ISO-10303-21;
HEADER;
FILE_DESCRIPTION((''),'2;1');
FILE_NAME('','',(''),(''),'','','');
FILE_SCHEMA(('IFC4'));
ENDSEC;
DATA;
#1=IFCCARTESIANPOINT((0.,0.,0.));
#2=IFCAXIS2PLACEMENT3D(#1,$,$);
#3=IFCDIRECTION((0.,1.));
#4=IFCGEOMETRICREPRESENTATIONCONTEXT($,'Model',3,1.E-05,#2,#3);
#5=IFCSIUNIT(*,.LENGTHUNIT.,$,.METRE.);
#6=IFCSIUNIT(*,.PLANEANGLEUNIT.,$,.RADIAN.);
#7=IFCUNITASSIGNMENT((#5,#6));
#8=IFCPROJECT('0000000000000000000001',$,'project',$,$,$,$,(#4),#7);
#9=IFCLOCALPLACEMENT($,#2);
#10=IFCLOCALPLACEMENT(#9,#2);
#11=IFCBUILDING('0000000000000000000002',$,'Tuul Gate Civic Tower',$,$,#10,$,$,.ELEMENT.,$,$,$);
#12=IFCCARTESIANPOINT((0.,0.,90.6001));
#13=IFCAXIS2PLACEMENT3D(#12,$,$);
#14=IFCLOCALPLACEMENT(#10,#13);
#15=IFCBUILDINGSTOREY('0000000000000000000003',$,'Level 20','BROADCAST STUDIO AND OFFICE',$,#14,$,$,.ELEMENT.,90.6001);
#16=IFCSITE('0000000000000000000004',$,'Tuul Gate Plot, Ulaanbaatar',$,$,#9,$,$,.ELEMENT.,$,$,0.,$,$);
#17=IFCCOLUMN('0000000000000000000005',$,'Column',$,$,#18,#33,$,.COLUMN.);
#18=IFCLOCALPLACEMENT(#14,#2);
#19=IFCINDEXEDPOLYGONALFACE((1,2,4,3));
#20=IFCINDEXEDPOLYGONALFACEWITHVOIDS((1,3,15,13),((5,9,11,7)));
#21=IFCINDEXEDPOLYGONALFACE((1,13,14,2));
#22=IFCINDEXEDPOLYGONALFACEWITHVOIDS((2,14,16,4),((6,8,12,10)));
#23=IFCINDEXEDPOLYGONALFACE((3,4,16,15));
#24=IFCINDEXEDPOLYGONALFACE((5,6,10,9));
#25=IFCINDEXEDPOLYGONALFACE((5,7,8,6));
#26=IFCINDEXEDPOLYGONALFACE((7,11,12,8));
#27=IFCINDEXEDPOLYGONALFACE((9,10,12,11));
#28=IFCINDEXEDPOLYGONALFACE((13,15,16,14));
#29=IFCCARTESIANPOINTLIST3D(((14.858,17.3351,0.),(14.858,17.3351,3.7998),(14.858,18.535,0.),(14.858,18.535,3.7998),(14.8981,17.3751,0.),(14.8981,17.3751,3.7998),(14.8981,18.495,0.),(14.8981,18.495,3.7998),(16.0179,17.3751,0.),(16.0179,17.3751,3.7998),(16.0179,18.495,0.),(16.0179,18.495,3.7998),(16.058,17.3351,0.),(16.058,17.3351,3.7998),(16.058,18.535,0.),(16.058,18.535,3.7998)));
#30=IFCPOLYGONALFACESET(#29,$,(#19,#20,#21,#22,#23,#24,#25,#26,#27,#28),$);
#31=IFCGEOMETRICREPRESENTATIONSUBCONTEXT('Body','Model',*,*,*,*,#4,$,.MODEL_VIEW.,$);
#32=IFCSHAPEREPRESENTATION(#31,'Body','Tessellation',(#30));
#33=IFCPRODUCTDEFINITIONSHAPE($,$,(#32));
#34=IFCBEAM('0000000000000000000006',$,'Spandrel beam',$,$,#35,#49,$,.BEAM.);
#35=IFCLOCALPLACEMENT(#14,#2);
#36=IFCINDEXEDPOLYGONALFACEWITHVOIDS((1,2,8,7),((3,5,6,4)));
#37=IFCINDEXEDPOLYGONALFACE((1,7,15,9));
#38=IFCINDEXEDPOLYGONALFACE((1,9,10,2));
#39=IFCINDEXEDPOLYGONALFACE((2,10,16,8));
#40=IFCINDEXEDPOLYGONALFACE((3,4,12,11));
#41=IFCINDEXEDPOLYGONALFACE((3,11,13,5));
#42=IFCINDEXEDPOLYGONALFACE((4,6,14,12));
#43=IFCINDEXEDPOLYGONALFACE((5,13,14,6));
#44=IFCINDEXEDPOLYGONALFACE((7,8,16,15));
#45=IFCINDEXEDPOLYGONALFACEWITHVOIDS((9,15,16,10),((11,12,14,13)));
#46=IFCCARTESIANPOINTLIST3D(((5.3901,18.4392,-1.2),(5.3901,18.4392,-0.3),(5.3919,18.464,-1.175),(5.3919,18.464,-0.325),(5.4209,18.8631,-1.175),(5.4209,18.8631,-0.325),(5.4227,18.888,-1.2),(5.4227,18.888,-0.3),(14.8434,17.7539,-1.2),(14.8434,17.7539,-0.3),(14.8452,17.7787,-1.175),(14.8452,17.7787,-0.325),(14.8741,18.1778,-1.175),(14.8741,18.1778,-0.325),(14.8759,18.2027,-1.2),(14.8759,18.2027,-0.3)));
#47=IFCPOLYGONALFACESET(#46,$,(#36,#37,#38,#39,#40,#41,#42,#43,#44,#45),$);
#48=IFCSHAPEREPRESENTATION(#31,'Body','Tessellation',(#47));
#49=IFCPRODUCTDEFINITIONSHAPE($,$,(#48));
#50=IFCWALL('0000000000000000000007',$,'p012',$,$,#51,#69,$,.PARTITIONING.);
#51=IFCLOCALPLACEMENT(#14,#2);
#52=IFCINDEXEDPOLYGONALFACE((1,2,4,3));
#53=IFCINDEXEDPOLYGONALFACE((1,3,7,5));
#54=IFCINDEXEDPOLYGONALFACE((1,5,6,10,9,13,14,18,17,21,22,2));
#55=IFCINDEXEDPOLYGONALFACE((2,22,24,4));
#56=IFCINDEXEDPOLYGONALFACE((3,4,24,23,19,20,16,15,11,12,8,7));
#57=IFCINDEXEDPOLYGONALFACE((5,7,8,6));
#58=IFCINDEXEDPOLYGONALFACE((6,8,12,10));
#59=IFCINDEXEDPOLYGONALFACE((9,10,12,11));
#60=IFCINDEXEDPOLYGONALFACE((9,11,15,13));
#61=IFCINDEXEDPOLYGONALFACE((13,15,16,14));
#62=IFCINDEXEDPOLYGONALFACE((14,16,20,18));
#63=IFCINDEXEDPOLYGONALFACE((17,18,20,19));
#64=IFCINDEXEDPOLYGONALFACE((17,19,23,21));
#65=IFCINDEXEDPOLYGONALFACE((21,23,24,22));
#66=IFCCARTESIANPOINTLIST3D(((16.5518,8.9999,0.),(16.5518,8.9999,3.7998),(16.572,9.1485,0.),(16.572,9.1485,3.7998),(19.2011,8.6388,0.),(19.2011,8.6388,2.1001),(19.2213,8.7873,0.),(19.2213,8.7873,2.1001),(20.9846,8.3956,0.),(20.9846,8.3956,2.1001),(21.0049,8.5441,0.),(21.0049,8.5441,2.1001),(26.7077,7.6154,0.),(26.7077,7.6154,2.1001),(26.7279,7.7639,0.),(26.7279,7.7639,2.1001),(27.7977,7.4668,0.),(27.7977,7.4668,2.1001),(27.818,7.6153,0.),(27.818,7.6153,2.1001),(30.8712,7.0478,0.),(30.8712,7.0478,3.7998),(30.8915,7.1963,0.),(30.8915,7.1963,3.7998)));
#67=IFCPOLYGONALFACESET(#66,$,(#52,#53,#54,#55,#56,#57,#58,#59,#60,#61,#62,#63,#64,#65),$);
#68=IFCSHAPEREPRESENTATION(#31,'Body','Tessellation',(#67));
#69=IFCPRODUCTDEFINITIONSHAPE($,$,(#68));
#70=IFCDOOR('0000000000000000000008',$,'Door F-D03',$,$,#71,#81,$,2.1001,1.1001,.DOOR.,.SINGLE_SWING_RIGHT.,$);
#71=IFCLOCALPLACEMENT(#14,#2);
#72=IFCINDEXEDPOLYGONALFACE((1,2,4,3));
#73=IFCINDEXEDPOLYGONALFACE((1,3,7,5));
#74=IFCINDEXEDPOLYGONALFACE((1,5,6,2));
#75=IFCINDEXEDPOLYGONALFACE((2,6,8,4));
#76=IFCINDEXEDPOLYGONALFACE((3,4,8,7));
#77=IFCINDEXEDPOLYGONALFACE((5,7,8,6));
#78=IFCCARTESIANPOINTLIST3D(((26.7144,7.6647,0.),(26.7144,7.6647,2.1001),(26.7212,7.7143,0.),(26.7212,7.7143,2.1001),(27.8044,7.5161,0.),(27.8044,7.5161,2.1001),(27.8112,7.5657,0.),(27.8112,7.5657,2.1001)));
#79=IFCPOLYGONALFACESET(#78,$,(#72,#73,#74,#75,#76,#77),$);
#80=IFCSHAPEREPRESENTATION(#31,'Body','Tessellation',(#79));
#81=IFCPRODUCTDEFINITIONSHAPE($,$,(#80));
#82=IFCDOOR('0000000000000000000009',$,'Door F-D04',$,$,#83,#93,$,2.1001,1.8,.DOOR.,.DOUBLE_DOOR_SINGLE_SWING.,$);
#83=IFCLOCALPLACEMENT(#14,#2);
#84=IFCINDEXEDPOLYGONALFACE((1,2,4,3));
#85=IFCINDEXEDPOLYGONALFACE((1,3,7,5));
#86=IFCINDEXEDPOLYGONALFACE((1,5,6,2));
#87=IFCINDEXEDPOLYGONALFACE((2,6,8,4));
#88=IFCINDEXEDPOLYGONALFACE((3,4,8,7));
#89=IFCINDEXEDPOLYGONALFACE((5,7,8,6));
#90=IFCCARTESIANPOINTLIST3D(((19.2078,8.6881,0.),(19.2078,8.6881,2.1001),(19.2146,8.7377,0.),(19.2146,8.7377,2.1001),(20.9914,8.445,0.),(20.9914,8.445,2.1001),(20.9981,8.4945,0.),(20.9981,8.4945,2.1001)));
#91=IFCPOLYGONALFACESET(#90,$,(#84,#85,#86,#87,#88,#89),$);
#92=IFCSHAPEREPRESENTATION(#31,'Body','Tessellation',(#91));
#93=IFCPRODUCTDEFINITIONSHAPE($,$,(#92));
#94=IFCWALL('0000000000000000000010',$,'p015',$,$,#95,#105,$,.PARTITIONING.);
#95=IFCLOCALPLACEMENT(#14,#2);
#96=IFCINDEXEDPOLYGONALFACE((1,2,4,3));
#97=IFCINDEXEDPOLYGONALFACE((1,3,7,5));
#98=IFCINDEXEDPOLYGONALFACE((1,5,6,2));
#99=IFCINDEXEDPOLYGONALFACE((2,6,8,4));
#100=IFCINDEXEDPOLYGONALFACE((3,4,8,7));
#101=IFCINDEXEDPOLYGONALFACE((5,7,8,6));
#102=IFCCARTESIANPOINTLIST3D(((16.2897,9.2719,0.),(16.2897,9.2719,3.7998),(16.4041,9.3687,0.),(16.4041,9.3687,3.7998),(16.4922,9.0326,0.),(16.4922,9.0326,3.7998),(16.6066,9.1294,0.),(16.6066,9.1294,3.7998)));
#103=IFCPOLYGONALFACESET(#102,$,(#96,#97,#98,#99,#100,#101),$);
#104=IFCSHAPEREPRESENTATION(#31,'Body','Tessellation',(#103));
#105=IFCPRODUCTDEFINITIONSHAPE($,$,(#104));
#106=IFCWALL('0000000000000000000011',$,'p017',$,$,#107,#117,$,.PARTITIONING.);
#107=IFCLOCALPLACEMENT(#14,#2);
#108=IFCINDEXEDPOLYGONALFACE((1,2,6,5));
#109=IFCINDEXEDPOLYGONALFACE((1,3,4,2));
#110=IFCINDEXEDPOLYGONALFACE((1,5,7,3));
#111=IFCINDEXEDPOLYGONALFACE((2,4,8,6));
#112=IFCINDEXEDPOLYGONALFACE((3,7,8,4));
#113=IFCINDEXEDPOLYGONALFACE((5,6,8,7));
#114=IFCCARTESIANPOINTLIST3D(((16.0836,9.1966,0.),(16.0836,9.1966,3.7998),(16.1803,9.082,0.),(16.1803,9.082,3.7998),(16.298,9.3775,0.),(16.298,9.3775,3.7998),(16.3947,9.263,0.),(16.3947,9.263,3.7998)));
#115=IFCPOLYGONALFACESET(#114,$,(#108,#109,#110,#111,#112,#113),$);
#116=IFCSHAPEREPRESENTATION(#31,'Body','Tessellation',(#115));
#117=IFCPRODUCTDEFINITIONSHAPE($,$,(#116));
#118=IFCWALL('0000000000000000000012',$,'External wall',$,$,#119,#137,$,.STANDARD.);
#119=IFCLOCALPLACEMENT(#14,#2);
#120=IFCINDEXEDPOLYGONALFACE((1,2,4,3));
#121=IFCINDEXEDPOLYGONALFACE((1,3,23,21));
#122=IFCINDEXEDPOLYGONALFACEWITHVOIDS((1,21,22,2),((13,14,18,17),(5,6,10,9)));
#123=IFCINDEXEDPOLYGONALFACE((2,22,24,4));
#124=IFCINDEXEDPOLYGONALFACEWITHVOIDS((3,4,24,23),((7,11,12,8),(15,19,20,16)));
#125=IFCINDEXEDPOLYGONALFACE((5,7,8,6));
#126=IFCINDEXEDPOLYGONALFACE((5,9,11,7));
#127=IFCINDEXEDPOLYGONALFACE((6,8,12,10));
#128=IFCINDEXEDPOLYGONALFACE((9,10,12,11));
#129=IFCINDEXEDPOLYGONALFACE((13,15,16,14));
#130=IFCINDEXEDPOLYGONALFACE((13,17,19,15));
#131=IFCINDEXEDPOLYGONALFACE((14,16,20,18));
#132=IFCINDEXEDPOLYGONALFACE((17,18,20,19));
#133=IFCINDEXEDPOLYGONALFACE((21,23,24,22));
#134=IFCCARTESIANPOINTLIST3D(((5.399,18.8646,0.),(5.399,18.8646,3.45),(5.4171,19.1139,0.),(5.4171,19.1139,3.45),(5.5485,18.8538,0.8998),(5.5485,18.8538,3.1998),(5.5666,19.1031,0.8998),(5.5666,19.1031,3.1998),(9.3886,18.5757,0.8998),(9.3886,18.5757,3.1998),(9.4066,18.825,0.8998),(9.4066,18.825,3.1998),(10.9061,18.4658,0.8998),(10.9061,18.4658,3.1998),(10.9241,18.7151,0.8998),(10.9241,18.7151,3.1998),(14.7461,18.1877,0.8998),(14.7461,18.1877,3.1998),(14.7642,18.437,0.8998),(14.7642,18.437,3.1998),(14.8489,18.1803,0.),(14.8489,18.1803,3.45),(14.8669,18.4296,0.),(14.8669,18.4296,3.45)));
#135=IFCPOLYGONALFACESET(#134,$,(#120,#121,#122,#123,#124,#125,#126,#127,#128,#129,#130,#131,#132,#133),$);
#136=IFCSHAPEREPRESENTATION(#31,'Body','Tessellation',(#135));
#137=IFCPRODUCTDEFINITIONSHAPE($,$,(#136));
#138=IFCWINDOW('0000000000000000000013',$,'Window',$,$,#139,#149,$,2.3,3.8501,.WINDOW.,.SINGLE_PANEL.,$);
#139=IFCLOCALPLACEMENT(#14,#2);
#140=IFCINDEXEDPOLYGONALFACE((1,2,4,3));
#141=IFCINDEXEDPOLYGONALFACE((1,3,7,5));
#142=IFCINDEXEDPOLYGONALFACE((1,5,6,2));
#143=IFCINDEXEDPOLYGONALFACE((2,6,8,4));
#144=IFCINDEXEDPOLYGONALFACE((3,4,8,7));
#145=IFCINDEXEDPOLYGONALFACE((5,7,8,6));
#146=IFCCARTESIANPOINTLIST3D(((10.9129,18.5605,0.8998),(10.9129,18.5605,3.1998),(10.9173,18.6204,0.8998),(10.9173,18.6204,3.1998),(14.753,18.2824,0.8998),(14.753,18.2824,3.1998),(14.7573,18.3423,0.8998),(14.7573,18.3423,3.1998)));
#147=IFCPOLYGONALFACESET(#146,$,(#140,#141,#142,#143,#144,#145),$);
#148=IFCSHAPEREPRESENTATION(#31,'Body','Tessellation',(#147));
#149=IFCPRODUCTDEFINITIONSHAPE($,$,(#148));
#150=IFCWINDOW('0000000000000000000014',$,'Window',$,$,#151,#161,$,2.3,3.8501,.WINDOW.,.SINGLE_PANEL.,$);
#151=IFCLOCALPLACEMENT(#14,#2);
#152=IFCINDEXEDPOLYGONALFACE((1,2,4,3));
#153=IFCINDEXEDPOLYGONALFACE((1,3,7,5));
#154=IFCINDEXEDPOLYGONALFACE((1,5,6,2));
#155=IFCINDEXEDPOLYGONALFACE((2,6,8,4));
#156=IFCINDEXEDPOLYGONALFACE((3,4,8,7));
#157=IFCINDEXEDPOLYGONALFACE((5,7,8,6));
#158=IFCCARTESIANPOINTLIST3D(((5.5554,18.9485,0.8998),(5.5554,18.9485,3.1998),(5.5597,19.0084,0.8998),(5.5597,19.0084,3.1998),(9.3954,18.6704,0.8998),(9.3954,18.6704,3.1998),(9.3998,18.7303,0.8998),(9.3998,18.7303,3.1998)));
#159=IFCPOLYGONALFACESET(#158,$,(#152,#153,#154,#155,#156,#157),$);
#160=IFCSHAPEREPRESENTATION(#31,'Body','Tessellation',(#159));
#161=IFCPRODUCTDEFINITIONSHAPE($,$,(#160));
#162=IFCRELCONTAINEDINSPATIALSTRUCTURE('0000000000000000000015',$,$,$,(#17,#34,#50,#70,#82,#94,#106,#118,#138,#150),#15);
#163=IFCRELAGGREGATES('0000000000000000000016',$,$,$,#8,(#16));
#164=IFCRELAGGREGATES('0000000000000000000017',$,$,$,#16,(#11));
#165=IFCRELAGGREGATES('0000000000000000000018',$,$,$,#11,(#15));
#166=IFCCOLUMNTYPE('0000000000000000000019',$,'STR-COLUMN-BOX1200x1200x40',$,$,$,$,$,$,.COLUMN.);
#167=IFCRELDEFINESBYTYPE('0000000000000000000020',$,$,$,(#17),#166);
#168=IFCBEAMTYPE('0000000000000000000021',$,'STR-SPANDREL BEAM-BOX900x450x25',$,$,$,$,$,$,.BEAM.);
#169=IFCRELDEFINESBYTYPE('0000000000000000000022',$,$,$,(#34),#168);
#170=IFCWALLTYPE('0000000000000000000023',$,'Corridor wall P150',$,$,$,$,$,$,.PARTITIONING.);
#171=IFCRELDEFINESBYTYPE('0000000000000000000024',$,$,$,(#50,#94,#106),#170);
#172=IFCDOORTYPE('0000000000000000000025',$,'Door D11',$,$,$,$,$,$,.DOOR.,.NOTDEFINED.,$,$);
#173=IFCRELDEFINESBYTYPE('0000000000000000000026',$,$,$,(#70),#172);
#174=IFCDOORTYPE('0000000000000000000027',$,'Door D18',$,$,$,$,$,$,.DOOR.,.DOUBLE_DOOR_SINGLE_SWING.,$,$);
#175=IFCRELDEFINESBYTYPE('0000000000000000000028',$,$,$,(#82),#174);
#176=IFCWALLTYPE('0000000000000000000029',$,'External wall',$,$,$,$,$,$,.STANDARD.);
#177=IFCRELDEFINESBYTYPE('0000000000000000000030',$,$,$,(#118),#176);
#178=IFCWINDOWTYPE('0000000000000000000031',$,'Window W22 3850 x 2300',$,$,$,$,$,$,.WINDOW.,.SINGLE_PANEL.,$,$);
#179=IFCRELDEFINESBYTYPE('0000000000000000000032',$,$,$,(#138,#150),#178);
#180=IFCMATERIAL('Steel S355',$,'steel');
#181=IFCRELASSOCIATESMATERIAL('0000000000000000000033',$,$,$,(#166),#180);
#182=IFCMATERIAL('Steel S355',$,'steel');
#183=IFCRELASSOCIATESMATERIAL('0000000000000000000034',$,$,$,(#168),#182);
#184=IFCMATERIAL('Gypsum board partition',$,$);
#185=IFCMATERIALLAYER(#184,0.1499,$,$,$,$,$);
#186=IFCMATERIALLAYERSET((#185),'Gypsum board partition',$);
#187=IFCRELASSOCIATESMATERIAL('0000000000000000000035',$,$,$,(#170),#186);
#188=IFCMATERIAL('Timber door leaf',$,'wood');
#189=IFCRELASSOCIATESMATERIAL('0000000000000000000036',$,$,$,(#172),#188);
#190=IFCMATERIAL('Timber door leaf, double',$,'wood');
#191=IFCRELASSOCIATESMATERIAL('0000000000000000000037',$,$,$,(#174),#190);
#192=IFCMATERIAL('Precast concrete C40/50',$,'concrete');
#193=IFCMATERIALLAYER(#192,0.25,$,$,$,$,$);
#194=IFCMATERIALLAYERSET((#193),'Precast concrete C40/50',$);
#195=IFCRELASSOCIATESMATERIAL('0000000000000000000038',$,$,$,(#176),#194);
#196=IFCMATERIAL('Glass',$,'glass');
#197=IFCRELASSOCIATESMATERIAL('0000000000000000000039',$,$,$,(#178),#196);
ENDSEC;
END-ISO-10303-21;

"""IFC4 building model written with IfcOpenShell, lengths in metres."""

from ifc_helpers import new_model, si_unit, direction, frame, frame_2d, origin, origin_2d, place, context, subcontext, project, spatial, rectangle, hollow_rectangle, extrude, material, layer, layer_set, material_profile, profile_set, type_object, element, fill, save


model = new_model("IFC4")

# Units and contexts
model_context = context("Model", 3, precision=1e-05, world=origin(), true_north=direction((0.0, 1.0)))
body_context = subcontext(model_context, "Body", "Model", "MODEL_VIEW")
ifc_project = project(units=[si_unit("LENGTHUNIT", "METRE"), si_unit("PLANEANGLEUNIT", "RADIAN")], contexts=[model_context])

# Site, building, storey
site_placement = place(None, origin())
site = spatial("IfcSite", under=ifc_project, at=site_placement, Name="Tuul Gate Plot, Ulaanbaatar", CompositionType="ELEMENT", RefElevation=0.0)
building_placement = place(site_placement, origin())
building = spatial("IfcBuilding", under=site, at=building_placement, Name="Tuul Gate Civic Tower", CompositionType="ELEMENT")
storey_placement = place(building_placement, frame((0.0, 0.0, 90.6001)))
storey = spatial("IfcBuildingStorey", under=building, at=storey_placement, Name="Level 20", Description="BROADCAST STUDIO AND OFFICE", CompositionType="ELEMENT", Elevation=90.6001)

# Column
ifc_material_1 = material(Name="Steel S355", Category="steel")
ifc_material_profile_1 = material_profile(ifc_material_1, hollow_rectangle(XDim=1.2, YDim=1.2, WallThickness=0.04, at=origin_2d()), Name="BOX1200x1200x40")
ifc_profile_set_1 = profile_set([ifc_material_profile_1], Name="Steel S355")
column_type = type_object("IfcColumnType", Name="STR-COLUMN-BOX1200x1200x40", PredefinedType="COLUMN", material=ifc_profile_set_1)
column_placement = place(storey_placement, frame((15.458, 17.9351, 0.0), z_axis=(0.0, 0.0, 1.0), x_axis=(1.0, 0.0, 0.0)))
element("IfcColumn", 1, at=column_placement, inside=storey, type_object=column_type, Name="Column", PredefinedType="COLUMN", context=body_context, shape_type="SweptSolid", body=[
    extrude(hollow_rectangle(XDim=1.2, YDim=1.2, WallThickness=0.04, at=origin_2d()), origin(), (0.0, 0.0, 1.0), 3.7998),
])

# Beam
ifc_material_2 = material(Name="Steel S355", Category="steel")
ifc_material_profile_2 = material_profile(ifc_material_2, hollow_rectangle(XDim=0.45, YDim=0.8999, WallThickness=0.0249, at=origin_2d()), Name="BOX900x450x25")
ifc_profile_set_2 = profile_set([ifc_material_profile_2], Name="Steel S355")
beam_type = type_object("IfcBeamType", Name="STR-SPANDREL BEAM-BOX900x450x25", PredefinedType="BEAM", material=ifc_profile_set_2)
beam_placement = place(storey_placement, frame((14.8596, 17.9783, -0.75), z_axis=(-0.997383, 0.072305, 0.0), x_axis=(-0.072305, -0.997383, 0.0)))
element("IfcBeam", 2, at=beam_placement, inside=storey, type_object=beam_type, Name="Spandrel beam", PredefinedType="BEAM", context=body_context, shape_type="SweptSolid", body=[
    extrude(hollow_rectangle(XDim=0.45, YDim=0.8999, WallThickness=0.0249, at=origin_2d()), origin(), (0.0, 0.0, 1.0), 9.478),
])

# Wall, openings, doors
ifc_material_3 = material(Name="Gypsum board partition")
ifc_layer_1 = layer(ifc_material_3, 0.1499)
ifc_layer_set_1 = layer_set([ifc_layer_1], Name="Gypsum board partition")
wall_type_1 = type_object("IfcWallType", Name="Corridor wall P150", PredefinedType="PARTITIONING", material=ifc_layer_set_1)
wall_1_placement = place(storey_placement, frame((16.5618, 9.0742, 0.0), z_axis=(0.0, 0.0, 1.0), x_axis=(0.990835, -0.13508, 0.0)))
wall_1 = element("IfcWall", 3, at=wall_1_placement, inside=storey, type_object=wall_type_1, Name="p012", PredefinedType="PARTITIONING", context=body_context, shape_type="SweptSolid", body=[
    extrude(rectangle(XDim=14.4519, YDim=0.1499, at=frame_2d((7.2261, 0.0))), origin(), (0.0, 0.0, 1.0), 3.7998),
])
opening_1_placement = place(wall_1_placement, frame((10.25, 0.0, 0.0)))
opening_1 = element("IfcOpeningElement", 4, at=opening_1_placement, cuts=wall_1, PredefinedType="OPENING", context=body_context, shape_type="SweptSolid", body=[
    extrude(rectangle(XDim=1.1001, YDim=2.1001, at=frame_2d((0.55, 1.05))), frame((0.0, 0.085, 0.0), z_axis=(0.0, -1.0, 0.0), x_axis=(1.0, 0.0, 0.0)), (0.0, 0.0, 1.0), 0.1699),
])
opening_2_placement = place(wall_1_placement, frame((2.6741, 0.0, 0.0)))
opening_2 = element("IfcOpeningElement", 5, at=opening_2_placement, cuts=wall_1, PredefinedType="OPENING", context=body_context, shape_type="SweptSolid", body=[
    extrude(rectangle(XDim=1.8, YDim=2.1001, at=frame_2d((0.8999, 1.05))), frame((0.0, 0.085, 0.0), z_axis=(0.0, -1.0, 0.0), x_axis=(1.0, 0.0, 0.0)), (0.0, 0.0, 1.0), 0.1699),
])
ifc_material_4 = material(Name="Timber door leaf", Category="wood")
door_type_1 = type_object("IfcDoorType", Name="Door D11", OperationType="NOTDEFINED", PredefinedType="DOOR", material=ifc_material_4)
door_1_placement = place(opening_1_placement, origin())
door_1 = element("IfcDoor", 6, at=door_1_placement, inside=storey, type_object=door_type_1, Name="Door F-D03", OperationType="SINGLE_SWING_RIGHT", OverallHeight=2.1001, OverallWidth=1.1001, PredefinedType="DOOR", context=body_context, shape_type="SweptSolid", body=[
    extrude(rectangle(XDim=1.1001, YDim=2.1001, at=frame_2d((0.55, 1.05))), frame((0.0, 0.0249, 0.0), z_axis=(0.0, -1.0, 0.0), x_axis=(1.0, 0.0, 0.0)), (0.0, 0.0, 1.0), 0.05),
])
fill(opening_1, door_1)
ifc_material_5 = material(Name="Timber door leaf, double", Category="wood")
door_type_2 = type_object("IfcDoorType", Name="Door D18", OperationType="DOUBLE_DOOR_SINGLE_SWING", PredefinedType="DOOR", material=ifc_material_5)
door_2_placement = place(opening_2_placement, origin())
door_2 = element("IfcDoor", 7, at=door_2_placement, inside=storey, type_object=door_type_2, Name="Door F-D04", OperationType="DOUBLE_DOOR_SINGLE_SWING", OverallHeight=2.1001, OverallWidth=1.8, PredefinedType="DOOR", context=body_context, shape_type="SweptSolid", body=[
    extrude(rectangle(XDim=1.8, YDim=2.1001, at=frame_2d((0.8999, 1.05))), frame((0.0, 0.0249, 0.0), z_axis=(0.0, -1.0, 0.0), x_axis=(1.0, 0.0, 0.0)), (0.0, 0.0, 1.0), 0.05),
])
fill(opening_2, door_2)

# Walls
wall_2_placement = place(storey_placement, frame((16.3469, 9.3203, 0.0), z_axis=(0.0, 0.0, 1.0), x_axis=(0.645837, -0.763475, 0.0)))
element("IfcWall", 8, at=wall_2_placement, inside=storey, type_object=wall_type_1, Name="p015", PredefinedType="PARTITIONING", context=body_context, shape_type="SweptSolid", body=[
    extrude(rectangle(XDim=0.3135, YDim=0.1499, at=frame_2d((0.1567, 0.0))), origin(), (0.0, 0.0, 1.0), 3.7998),
])
wall_3_placement = place(storey_placement, frame((16.1321, 9.1394, 0.0), z_axis=(0.0, 0.0, 1.0), x_axis=(0.764211, 0.644966, 0.0)))
element("IfcWall", 9, at=wall_3_placement, inside=storey, type_object=wall_type_1, Name="p017", PredefinedType="PARTITIONING", context=body_context, shape_type="SweptSolid", body=[
    extrude(rectangle(XDim=0.2805, YDim=0.1499, at=frame_2d((0.1401, 0.0))), origin(), (0.0, 0.0, 1.0), 3.7998),
])

# Wall, openings, windows
ifc_material_6 = material(Name="Precast concrete C40/50", Category="concrete")
ifc_layer_2 = layer(ifc_material_6, 0.25)
ifc_layer_set_2 = layer_set([ifc_layer_2], Name="Precast concrete C40/50")
wall_type_2 = type_object("IfcWallType", Name="External wall", PredefinedType="STANDARD", material=ifc_layer_set_2)
wall_4_placement = place(storey_placement, frame((14.8579, 18.3049, 0.0), z_axis=(0.0, 0.0, 1.0), x_axis=(-0.997388, 0.072227, 0.0)))
wall_4 = element("IfcWall", 10, at=wall_4_placement, inside=storey, type_object=wall_type_2, Name="External wall", PredefinedType="STANDARD", context=body_context, shape_type="SweptSolid", body=[
    extrude(rectangle(XDim=9.4746, YDim=0.25, at=frame_2d((4.7373, 0.0))), origin(), (0.0, 0.0, 1.0), 3.45),
])
opening_3_placement = place(wall_4_placement, frame((0.103, 0.0, 0.8999)))
opening_3 = element("IfcOpeningElement", 11, at=opening_3_placement, cuts=wall_4, PredefinedType="OPENING", context=body_context, shape_type="SweptSolid", body=[
    extrude(rectangle(XDim=3.8501, YDim=2.3, at=frame_2d((1.925, 1.1499))), frame((0.0, 0.135, 0.0), z_axis=(0.0, -1.0, 0.0), x_axis=(1.0, 0.0, 0.0)), (0.0, 0.0, 1.0), 0.27),
])
opening_4_placement = place(wall_4_placement, frame((5.4746, 0.0, 0.8999)))
opening_4 = element("IfcOpeningElement", 12, at=opening_4_placement, cuts=wall_4, PredefinedType="OPENING", context=body_context, shape_type="SweptSolid", body=[
    extrude(rectangle(XDim=3.8501, YDim=2.3, at=frame_2d((1.925, 1.1499))), frame((0.0, 0.135, 0.0), z_axis=(0.0, -1.0, 0.0), x_axis=(1.0, 0.0, 0.0)), (0.0, 0.0, 1.0), 0.27),
])
ifc_material_7 = material(Name="Glass", Category="glass")
window_type = type_object("IfcWindowType", Name="Window W22 3850 x 2300", PartitioningType="SINGLE_PANEL", PredefinedType="WINDOW", material=ifc_material_7)
window_1_placement = place(opening_3_placement, origin())
window_1 = element("IfcWindow", 13, at=window_1_placement, inside=storey, type_object=window_type, Name="Window", OverallHeight=2.3, OverallWidth=3.8501, PartitioningType="SINGLE_PANEL", PredefinedType="WINDOW", context=body_context, shape_type="SweptSolid", body=[
    extrude(rectangle(XDim=3.8501, YDim=2.3, at=frame_2d((1.925, 1.1499))), frame((0.0, 0.03, 0.0), z_axis=(0.0, -1.0, 0.0), x_axis=(1.0, 0.0, 0.0)), (0.0, 0.0, 1.0), 0.0601),
])
fill(opening_3, window_1)
window_2_placement = place(opening_4_placement, origin())
window_2 = element("IfcWindow", 14, at=window_2_placement, inside=storey, type_object=window_type, Name="Window", OverallHeight=2.3, OverallWidth=3.8501, PartitioningType="SINGLE_PANEL", PredefinedType="WINDOW", context=body_context, shape_type="SweptSolid", body=[
    extrude(rectangle(XDim=3.8501, YDim=2.3, at=frame_2d((1.925, 1.1499))), frame((0.0, 0.03, 0.0), z_axis=(0.0, -1.0, 0.0), x_axis=(1.0, 0.0, 0.0)), (0.0, 0.0, 1.0), 0.0601),
])
fill(opening_4, window_2)

save(model, "model.ifc")
